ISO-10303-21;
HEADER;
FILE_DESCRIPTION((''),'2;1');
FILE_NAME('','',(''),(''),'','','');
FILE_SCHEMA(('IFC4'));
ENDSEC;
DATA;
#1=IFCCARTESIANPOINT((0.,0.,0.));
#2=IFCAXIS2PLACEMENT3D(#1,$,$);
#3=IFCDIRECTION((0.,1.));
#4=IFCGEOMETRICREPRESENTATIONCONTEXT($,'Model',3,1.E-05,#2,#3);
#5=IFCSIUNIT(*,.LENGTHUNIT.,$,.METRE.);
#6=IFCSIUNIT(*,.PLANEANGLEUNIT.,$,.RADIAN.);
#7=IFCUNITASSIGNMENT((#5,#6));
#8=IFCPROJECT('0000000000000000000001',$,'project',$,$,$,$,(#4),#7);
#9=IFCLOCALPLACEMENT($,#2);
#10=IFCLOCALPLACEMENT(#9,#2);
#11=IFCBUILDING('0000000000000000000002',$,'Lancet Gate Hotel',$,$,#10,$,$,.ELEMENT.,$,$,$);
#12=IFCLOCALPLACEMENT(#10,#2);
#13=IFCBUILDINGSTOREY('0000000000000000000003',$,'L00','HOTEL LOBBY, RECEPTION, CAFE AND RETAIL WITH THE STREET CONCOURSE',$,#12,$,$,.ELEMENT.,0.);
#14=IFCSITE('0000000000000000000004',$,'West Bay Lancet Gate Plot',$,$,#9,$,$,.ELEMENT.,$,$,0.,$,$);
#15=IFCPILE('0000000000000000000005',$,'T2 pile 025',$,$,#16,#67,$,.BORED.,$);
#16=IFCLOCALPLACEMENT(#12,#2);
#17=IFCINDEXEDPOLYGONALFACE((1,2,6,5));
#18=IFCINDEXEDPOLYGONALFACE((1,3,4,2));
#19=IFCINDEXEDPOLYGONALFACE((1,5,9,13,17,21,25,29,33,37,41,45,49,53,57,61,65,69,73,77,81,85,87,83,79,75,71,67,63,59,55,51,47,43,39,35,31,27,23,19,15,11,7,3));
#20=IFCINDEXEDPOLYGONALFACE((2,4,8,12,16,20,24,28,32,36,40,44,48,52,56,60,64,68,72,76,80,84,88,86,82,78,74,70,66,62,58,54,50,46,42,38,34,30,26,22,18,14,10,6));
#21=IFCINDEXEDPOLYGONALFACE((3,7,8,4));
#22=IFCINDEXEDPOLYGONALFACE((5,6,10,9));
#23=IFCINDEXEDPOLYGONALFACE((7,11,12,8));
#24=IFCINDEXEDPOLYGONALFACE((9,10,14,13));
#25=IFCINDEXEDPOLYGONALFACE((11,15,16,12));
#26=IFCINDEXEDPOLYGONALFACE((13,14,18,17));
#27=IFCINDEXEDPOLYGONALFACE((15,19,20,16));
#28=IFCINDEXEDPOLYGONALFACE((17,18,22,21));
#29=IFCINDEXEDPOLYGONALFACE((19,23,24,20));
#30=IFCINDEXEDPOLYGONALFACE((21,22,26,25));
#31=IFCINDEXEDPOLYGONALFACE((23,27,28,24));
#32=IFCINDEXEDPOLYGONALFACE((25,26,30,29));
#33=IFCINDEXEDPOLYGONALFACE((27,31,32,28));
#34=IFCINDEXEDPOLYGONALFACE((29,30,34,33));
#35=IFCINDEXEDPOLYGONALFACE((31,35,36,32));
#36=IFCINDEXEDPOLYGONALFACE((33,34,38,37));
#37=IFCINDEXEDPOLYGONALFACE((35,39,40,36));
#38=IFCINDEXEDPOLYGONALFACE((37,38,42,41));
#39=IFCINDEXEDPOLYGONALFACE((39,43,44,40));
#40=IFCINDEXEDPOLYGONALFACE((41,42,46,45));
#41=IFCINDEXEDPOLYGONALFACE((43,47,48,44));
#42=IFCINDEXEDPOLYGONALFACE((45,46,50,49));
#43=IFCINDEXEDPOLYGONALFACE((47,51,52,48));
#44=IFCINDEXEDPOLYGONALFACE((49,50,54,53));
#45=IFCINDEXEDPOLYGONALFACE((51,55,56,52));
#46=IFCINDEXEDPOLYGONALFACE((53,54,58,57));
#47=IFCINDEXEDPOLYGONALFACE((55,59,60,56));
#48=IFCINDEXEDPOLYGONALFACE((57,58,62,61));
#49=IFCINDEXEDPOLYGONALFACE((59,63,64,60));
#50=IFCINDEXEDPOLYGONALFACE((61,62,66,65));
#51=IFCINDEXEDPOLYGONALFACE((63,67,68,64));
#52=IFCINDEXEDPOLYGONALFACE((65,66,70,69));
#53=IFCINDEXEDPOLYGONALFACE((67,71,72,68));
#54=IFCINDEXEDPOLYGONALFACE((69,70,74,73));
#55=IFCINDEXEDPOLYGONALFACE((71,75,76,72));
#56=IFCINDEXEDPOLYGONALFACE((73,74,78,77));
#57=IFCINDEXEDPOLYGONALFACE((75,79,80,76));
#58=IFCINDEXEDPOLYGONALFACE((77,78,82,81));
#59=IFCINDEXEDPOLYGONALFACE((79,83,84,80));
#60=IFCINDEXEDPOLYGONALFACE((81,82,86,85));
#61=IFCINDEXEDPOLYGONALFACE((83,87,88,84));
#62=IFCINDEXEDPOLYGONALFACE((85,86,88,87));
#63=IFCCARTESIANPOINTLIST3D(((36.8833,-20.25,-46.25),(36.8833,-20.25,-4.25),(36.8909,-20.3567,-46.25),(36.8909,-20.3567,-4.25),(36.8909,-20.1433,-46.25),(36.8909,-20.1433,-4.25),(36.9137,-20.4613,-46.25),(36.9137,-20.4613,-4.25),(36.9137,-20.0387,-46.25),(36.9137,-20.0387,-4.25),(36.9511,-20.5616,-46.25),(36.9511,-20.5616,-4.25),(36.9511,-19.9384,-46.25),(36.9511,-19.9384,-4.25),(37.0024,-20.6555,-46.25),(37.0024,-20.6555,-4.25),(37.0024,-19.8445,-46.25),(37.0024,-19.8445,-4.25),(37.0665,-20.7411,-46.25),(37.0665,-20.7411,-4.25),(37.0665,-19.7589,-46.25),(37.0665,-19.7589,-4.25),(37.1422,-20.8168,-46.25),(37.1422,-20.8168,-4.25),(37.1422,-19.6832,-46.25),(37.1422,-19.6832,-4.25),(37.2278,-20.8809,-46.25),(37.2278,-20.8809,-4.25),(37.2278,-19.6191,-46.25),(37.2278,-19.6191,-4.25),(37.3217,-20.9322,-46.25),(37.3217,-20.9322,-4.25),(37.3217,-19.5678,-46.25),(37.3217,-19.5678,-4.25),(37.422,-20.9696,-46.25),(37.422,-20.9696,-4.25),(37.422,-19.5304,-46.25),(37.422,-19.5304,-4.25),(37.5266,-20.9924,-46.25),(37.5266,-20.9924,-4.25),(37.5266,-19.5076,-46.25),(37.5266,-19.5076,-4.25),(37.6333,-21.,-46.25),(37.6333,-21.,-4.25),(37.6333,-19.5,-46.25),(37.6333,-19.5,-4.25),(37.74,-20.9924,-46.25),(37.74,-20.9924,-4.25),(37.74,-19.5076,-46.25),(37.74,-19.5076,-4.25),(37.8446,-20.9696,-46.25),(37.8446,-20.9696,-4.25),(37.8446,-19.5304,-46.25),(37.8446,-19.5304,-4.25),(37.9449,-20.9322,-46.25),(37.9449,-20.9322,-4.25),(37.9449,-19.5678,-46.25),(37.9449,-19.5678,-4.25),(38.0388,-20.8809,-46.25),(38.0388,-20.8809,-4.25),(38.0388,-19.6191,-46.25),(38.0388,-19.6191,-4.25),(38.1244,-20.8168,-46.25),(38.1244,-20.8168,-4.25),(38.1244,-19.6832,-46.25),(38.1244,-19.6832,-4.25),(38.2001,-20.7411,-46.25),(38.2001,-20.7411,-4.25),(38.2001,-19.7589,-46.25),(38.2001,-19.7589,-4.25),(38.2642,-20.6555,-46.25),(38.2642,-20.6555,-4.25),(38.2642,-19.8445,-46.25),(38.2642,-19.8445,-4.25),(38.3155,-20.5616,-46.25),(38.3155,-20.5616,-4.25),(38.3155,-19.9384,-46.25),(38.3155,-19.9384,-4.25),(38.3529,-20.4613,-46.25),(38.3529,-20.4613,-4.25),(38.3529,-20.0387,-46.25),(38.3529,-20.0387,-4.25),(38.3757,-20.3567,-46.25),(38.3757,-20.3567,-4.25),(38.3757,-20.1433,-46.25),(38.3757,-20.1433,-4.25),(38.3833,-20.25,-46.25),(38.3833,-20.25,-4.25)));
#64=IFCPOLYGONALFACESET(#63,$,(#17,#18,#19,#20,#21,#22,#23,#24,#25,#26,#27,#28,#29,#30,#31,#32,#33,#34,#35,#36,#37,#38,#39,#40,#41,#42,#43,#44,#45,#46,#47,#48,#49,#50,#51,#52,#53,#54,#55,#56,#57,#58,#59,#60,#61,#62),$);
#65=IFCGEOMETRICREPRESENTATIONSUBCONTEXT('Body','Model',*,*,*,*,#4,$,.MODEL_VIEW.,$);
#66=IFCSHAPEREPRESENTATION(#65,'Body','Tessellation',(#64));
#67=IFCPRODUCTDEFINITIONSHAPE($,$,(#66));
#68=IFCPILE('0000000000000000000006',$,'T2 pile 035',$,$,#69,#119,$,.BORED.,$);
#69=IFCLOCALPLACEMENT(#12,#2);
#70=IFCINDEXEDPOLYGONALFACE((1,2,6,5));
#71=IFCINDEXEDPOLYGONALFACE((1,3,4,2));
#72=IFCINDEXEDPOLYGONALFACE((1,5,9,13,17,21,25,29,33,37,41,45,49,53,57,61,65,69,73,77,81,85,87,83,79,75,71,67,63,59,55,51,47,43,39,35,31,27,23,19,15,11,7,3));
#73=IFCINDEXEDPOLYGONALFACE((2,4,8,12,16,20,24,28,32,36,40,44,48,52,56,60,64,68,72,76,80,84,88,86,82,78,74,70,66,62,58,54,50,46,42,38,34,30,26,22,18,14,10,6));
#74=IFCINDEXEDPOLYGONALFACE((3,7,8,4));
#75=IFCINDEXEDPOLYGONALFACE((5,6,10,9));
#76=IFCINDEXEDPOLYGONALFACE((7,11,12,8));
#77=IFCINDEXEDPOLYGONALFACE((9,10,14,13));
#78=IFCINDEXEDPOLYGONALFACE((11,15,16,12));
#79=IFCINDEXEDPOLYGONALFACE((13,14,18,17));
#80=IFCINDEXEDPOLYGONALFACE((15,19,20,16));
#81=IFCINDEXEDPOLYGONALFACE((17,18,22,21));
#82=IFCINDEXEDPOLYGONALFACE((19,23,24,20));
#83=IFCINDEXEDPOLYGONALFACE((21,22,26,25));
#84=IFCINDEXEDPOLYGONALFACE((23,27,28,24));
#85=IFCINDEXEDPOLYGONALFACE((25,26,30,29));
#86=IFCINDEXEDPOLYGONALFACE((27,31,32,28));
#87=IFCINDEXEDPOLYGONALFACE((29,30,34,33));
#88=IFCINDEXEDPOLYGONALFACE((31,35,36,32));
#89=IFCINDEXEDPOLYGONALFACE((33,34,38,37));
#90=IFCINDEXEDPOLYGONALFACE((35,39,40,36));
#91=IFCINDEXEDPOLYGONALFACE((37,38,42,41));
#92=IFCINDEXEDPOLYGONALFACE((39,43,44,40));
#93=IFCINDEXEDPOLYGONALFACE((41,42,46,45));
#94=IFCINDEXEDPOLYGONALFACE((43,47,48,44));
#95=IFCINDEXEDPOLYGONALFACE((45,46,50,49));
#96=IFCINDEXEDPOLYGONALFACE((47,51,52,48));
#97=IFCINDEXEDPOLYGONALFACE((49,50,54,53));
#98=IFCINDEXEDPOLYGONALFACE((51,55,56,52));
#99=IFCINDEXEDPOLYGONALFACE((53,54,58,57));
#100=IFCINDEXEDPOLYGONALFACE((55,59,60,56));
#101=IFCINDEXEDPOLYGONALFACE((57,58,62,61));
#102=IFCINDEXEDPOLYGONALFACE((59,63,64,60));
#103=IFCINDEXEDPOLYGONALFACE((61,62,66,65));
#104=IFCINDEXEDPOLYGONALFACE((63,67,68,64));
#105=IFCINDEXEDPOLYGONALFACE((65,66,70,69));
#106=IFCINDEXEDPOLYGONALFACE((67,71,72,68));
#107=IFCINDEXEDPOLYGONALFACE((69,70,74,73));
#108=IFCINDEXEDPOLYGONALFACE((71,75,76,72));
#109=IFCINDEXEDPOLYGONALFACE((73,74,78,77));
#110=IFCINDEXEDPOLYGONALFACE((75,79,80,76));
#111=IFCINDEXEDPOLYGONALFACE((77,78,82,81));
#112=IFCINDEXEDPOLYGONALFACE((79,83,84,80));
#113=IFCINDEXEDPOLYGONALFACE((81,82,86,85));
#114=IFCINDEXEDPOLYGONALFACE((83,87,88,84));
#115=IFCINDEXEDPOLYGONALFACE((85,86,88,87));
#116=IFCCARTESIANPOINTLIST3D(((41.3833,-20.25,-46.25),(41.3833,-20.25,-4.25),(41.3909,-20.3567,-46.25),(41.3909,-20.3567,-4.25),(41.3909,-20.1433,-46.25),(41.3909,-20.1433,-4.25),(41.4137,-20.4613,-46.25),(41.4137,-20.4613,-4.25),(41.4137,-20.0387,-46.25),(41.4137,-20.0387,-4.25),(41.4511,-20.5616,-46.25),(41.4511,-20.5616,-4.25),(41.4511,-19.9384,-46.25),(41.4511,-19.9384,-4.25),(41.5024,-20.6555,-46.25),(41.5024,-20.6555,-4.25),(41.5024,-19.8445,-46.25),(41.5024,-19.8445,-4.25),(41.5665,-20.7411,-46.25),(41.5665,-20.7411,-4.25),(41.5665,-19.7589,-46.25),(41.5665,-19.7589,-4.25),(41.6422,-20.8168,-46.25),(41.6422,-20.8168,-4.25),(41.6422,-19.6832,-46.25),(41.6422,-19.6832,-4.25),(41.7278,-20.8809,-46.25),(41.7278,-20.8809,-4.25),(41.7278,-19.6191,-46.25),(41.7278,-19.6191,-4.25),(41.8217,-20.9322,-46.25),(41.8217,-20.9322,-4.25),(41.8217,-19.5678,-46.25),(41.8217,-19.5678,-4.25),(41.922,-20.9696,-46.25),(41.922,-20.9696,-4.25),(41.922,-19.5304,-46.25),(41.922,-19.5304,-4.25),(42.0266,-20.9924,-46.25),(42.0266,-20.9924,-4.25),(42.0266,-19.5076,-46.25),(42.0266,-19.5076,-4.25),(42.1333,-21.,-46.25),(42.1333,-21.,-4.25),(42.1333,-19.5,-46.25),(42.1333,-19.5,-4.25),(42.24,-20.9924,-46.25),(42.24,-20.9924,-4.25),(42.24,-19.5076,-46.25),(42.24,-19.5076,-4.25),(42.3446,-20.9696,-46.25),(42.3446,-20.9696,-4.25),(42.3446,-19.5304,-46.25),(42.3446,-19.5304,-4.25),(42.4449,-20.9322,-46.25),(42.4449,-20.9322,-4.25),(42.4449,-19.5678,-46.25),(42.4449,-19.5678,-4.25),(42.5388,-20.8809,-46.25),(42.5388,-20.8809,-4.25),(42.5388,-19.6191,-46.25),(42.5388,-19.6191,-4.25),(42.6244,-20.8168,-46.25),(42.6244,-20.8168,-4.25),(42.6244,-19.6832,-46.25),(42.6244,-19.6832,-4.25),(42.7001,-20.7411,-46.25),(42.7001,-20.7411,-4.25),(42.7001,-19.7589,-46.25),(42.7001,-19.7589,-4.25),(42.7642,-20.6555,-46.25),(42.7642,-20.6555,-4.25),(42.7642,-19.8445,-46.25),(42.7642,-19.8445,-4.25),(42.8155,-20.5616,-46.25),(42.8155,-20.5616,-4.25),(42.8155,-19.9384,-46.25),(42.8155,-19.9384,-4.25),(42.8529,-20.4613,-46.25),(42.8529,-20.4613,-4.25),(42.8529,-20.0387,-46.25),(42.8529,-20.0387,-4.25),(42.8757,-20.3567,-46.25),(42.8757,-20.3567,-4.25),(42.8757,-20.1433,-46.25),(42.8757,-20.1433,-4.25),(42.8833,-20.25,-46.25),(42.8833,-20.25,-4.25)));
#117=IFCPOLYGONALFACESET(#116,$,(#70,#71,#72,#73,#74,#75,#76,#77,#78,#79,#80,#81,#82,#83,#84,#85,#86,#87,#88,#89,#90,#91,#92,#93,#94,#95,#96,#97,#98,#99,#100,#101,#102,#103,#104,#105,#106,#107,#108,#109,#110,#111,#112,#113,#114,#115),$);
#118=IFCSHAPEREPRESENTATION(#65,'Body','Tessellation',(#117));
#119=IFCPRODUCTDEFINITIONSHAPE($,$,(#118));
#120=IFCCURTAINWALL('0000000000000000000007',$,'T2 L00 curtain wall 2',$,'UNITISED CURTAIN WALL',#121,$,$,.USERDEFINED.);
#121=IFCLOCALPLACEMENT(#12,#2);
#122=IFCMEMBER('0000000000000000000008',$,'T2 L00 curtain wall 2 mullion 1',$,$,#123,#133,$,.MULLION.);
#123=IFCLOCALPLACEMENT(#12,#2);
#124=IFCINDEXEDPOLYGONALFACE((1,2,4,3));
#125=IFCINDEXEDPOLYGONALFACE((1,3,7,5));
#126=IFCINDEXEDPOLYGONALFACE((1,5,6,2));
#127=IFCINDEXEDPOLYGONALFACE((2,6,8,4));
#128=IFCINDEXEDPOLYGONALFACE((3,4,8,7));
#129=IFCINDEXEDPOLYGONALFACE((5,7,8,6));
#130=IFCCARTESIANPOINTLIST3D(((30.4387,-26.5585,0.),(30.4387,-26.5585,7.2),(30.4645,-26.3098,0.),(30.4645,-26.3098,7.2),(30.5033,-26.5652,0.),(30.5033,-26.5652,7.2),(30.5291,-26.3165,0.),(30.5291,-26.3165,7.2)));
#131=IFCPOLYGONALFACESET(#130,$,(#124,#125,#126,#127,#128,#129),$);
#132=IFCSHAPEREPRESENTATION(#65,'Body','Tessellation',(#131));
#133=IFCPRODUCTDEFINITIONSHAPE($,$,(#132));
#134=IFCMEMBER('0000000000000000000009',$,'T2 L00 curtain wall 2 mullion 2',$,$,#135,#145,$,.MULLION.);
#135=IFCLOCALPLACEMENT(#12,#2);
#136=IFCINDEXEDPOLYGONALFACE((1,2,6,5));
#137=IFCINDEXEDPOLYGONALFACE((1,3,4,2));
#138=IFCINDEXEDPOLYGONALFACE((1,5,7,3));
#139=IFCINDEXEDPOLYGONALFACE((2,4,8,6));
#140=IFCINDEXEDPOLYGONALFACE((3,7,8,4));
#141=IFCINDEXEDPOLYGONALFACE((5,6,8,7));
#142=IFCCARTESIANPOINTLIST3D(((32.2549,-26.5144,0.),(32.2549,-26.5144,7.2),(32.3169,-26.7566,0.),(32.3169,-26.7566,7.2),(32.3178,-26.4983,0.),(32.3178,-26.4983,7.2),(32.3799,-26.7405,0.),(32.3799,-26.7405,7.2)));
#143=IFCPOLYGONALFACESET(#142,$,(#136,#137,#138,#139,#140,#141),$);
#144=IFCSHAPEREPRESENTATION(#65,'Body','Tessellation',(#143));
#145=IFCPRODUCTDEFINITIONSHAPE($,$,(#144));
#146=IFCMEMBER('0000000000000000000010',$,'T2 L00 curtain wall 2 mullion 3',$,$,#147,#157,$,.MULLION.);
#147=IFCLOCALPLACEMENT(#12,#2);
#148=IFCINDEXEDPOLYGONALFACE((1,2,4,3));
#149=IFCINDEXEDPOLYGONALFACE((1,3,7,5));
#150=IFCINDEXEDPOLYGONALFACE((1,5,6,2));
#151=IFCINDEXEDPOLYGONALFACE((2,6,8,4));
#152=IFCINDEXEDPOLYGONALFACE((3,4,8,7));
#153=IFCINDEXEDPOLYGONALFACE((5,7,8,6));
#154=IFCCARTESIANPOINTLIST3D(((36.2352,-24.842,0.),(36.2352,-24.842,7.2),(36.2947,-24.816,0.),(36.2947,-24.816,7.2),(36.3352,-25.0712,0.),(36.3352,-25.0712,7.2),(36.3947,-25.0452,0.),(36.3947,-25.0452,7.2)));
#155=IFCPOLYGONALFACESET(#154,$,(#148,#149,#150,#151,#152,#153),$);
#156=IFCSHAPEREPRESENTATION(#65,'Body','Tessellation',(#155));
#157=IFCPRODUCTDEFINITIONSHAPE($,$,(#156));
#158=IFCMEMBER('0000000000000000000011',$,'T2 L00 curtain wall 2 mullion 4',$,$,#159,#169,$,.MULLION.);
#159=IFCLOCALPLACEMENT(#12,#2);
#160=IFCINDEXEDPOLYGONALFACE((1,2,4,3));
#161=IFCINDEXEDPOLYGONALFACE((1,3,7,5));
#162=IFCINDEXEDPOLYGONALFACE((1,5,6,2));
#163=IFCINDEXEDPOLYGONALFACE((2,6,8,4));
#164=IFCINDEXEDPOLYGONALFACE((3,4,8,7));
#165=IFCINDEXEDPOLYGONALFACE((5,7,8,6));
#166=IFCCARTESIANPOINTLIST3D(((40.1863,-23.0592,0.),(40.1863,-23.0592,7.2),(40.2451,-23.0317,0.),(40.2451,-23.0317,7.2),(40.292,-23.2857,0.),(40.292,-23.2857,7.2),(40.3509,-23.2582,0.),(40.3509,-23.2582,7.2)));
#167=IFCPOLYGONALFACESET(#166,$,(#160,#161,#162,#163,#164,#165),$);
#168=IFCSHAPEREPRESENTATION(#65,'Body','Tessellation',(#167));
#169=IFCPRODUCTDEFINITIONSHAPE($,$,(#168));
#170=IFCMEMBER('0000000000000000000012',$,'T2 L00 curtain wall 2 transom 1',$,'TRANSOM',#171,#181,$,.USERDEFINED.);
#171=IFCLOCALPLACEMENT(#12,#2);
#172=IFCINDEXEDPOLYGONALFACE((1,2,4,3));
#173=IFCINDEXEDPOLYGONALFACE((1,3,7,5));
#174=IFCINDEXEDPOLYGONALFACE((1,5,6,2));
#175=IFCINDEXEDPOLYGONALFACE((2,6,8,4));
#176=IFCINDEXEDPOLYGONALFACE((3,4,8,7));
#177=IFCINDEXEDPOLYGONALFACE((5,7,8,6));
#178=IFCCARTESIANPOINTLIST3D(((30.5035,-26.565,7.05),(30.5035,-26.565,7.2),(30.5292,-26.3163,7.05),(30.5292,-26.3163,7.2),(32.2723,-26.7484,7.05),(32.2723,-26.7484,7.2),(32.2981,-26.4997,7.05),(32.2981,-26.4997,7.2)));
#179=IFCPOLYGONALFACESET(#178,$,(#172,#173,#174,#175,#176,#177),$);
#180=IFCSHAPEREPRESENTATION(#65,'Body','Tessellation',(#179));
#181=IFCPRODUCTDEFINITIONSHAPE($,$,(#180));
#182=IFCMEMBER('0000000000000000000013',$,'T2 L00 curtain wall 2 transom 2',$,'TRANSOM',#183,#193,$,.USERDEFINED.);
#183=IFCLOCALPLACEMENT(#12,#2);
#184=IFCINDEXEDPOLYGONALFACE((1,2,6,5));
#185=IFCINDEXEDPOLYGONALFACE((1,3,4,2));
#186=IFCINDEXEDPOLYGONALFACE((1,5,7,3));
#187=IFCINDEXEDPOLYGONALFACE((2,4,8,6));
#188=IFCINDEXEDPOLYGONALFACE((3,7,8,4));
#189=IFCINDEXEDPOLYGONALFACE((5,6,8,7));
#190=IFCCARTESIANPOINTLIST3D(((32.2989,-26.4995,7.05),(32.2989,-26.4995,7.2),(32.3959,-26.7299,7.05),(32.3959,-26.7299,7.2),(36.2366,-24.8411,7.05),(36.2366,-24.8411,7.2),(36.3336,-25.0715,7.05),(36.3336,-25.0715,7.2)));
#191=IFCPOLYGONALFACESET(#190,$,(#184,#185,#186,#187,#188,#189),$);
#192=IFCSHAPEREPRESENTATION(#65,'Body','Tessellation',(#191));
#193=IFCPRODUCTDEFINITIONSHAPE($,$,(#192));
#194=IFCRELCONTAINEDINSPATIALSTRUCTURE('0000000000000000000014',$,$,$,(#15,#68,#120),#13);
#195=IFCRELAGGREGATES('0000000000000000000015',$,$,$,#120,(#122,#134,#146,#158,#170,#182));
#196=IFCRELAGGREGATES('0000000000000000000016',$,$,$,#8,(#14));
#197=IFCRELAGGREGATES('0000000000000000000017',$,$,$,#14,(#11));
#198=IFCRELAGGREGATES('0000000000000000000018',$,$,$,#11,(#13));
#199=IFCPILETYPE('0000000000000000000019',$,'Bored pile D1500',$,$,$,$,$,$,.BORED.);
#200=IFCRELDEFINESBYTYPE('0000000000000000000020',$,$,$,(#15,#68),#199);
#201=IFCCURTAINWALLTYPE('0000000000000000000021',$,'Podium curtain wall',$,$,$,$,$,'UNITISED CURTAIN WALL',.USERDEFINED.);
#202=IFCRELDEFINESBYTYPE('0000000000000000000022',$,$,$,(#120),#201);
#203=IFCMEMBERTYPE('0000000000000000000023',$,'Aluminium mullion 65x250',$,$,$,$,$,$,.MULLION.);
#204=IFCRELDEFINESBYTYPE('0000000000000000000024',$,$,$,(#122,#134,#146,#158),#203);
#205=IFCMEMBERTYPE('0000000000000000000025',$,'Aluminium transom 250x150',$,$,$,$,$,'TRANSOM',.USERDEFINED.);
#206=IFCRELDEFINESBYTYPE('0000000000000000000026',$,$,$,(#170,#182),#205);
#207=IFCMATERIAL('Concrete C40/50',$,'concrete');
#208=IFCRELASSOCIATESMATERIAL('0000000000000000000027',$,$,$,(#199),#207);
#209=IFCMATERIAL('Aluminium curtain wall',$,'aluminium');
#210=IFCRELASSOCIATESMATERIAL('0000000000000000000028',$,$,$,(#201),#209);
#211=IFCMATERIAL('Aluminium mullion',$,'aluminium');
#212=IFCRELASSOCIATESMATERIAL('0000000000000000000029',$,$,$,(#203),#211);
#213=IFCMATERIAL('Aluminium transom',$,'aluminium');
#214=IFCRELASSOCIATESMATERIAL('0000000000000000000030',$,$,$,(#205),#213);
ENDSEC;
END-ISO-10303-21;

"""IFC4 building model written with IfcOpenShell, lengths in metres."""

from ifc_helpers import new_model, si_unit, direction, frame, origin, origin_2d, place, context, subcontext, project, spatial, rectangle, circle, extrude, material, material_profile, profile_set, type_object, element, aggregate, save


model = new_model("IFC4")

# Units and contexts
model_context = context("Model", 3, precision=1e-05, world=origin(), true_north=direction((0.0, 1.0)))
body_context = subcontext(model_context, "Body", "Model", "MODEL_VIEW")
ifc_project = project(units=[si_unit("LENGTHUNIT", "METRE"), si_unit("PLANEANGLEUNIT", "RADIAN")], contexts=[model_context])

# Site, building, storey
site_placement = place(None, origin())
site = spatial("IfcSite", under=ifc_project, at=site_placement, Name="West Bay Lancet Gate Plot", CompositionType="ELEMENT", RefElevation=0.0)
building_placement = place(site_placement, origin())
building = spatial("IfcBuilding", under=site, at=building_placement, Name="Lancet Gate Hotel", CompositionType="ELEMENT")
storey_placement = place(building_placement, origin())
storey = spatial("IfcBuildingStorey", under=building, at=storey_placement, Name="L00", Description="HOTEL LOBBY, RECEPTION, CAFE AND RETAIL WITH THE STREET CONCOURSE", CompositionType="ELEMENT", Elevation=0.0)

# Piles
ifc_material_1 = material(Name="Concrete C40/50", Category="concrete")
ifc_material_profile_1 = material_profile(ifc_material_1, circle(Radius=0.75, at=origin_2d()), Name="PILE D1500")
ifc_profile_set_1 = profile_set([ifc_material_profile_1], Name="Concrete C40/50")
pile_type = type_object("IfcPileType", Name="Bored pile D1500", PredefinedType="BORED", material=ifc_profile_set_1)
for number, where, z_axis, x_axis, name in (
    (1, (37.6333, -20.25, -4.25), (0.0, 0.0, -1.0), (1.0, 0.0, 0.0), "T2 pile 025"),
    (2, (42.1333, -20.25, -4.25), (0.0, 0.0, -1.0), (1.0, 0.0, 0.0), "T2 pile 035"),
):
    element("IfcPile", number, at=place(storey_placement, frame(where, z_axis=z_axis, x_axis=x_axis)), inside=storey, type_object=pile_type, Name=name, PredefinedType="BORED", context=body_context, shape_type="SweptSolid", body=[
        extrude(circle(Radius=0.75, at=origin_2d()), origin(), (0.0, 0.0, 1.0), 42.0),
    ])

# Curtain wall, members
ifc_material_2 = material(Name="Aluminium curtain wall", Category="aluminium")
curtain_wall_type = type_object("IfcCurtainWallType", Name="Podium curtain wall", ElementType="UNITISED CURTAIN WALL", PredefinedType="USERDEFINED", material=ifc_material_2)
curtain_wall_placement = place(storey_placement, origin())
curtain_wall = element("IfcCurtainWall", 3, at=curtain_wall_placement, inside=storey, type_object=curtain_wall_type, Name="T2 L00 curtain wall 2", ObjectType="UNITISED CURTAIN WALL", PredefinedType="USERDEFINED")
ifc_material_3 = material(Name="Aluminium mullion", Category="aluminium")
ifc_material_profile_2 = material_profile(ifc_material_3, rectangle(XDim=0.0649, YDim=0.25, at=origin_2d()), Name="MULLION 65x250")
ifc_profile_set_2 = profile_set([ifc_material_profile_2], Name="Aluminium mullion")
member_type_1 = type_object("IfcMemberType", Name="Aluminium mullion 65x250", PredefinedType="MULLION", material=ifc_profile_set_2)
member_1_placement = place(storey_placement, frame((30.4839, -26.4375, 0.0), z_axis=(0.0, 0.0, 1.0), x_axis=(0.994672, -0.103088, 0.0)))
member_1 = element("IfcMember", 4, at=member_1_placement, type_object=member_type_1, Name="T2 L00 curtain wall 2 mullion 1", PredefinedType="MULLION", context=body_context, shape_type="SweptSolid", body=[
    extrude(rectangle(XDim=0.0649, YDim=0.25, at=origin_2d()), origin(), (0.0, 0.0, 1.0), 7.2),
])
member_2_placement = place(storey_placement, frame((32.3174, -26.6274, 0.0), z_axis=(0.0, 0.0, 1.0), x_axis=(0.968721, 0.24815, 0.0)))
member_2 = element("IfcMember", 5, at=member_2_placement, type_object=member_type_1, Name="T2 L00 curtain wall 2 mullion 2", PredefinedType="MULLION", context=body_context, shape_type="SweptSolid", body=[
    extrude(rectangle(XDim=0.0649, YDim=0.25, at=origin_2d()), origin(), (0.0, 0.0, 1.0), 7.2),
])
member_3_placement = place(storey_placement, frame((36.3149, -24.9436, 0.0), z_axis=(0.0, 0.0, 1.0), x_axis=(0.916579, 0.399854, 0.0)))
member_3 = element("IfcMember", 6, at=member_3_placement, type_object=member_type_1, Name="T2 L00 curtain wall 2 mullion 3", PredefinedType="MULLION", context=body_context, shape_type="SweptSolid", body=[
    extrude(rectangle(XDim=0.0649, YDim=0.25, at=origin_2d()), origin(), (0.0, 0.0, 1.0), 7.2),
])
member_4_placement = place(storey_placement, frame((40.2686, -23.1587, 0.0), z_axis=(0.0, 0.0, 1.0), x_axis=(0.906105, 0.423053, 0.0)))
member_4 = element("IfcMember", 7, at=member_4_placement, type_object=member_type_1, Name="T2 L00 curtain wall 2 mullion 4", PredefinedType="MULLION", context=body_context, shape_type="SweptSolid", body=[
    extrude(rectangle(XDim=0.0649, YDim=0.25, at=origin_2d()), origin(), (0.0, 0.0, 1.0), 7.2),
])
ifc_material_4 = material(Name="Aluminium transom", Category="aluminium")
ifc_material_profile_3 = material_profile(ifc_material_4, rectangle(XDim=0.25, YDim=0.1499, at=origin_2d()), Name="TRANSOM 250x150")
ifc_profile_set_3 = profile_set([ifc_material_profile_3], Name="Aluminium transom")
member_type_2 = type_object("IfcMemberType", Name="Aluminium transom 250x150", ElementType="TRANSOM", PredefinedType="USERDEFINED", material=ifc_profile_set_3)
member_5_placement = place(storey_placement, frame((30.5164, -26.4407, 7.125), z_axis=(0.99467, -0.103105, 0.0), x_axis=(0.103105, 0.99467, 0.0)))
member_5 = element("IfcMember", 8, at=member_5_placement, type_object=member_type_2, Name="T2 L00 curtain wall 2 transom 1", ObjectType="TRANSOM", PredefinedType="USERDEFINED", context=body_context, shape_type="SweptSolid", body=[
    extrude(rectangle(XDim=0.25, YDim=0.1499, at=origin_2d()), origin(), (0.0, 0.0, 1.0), 1.7783),
])
member_6_placement = place(storey_placement, frame((32.3474, -26.6147, 7.125), z_axis=(0.921598, 0.388146, 0.0), x_axis=(-0.388146, 0.921598, 0.0)))
member_6 = element("IfcMember", 9, at=member_6_placement, type_object=member_type_2, Name="T2 L00 curtain wall 2 transom 2", ObjectType="TRANSOM", PredefinedType="USERDEFINED", context=body_context, shape_type="SweptSolid", body=[
    extrude(rectangle(XDim=0.25, YDim=0.1499, at=origin_2d()), origin(), (0.0, 0.0, 1.0), 4.2727),
])

aggregate(curtain_wall, [member_1, member_2, member_3, member_4, member_5, member_6])

save(model, "model.ifc")
